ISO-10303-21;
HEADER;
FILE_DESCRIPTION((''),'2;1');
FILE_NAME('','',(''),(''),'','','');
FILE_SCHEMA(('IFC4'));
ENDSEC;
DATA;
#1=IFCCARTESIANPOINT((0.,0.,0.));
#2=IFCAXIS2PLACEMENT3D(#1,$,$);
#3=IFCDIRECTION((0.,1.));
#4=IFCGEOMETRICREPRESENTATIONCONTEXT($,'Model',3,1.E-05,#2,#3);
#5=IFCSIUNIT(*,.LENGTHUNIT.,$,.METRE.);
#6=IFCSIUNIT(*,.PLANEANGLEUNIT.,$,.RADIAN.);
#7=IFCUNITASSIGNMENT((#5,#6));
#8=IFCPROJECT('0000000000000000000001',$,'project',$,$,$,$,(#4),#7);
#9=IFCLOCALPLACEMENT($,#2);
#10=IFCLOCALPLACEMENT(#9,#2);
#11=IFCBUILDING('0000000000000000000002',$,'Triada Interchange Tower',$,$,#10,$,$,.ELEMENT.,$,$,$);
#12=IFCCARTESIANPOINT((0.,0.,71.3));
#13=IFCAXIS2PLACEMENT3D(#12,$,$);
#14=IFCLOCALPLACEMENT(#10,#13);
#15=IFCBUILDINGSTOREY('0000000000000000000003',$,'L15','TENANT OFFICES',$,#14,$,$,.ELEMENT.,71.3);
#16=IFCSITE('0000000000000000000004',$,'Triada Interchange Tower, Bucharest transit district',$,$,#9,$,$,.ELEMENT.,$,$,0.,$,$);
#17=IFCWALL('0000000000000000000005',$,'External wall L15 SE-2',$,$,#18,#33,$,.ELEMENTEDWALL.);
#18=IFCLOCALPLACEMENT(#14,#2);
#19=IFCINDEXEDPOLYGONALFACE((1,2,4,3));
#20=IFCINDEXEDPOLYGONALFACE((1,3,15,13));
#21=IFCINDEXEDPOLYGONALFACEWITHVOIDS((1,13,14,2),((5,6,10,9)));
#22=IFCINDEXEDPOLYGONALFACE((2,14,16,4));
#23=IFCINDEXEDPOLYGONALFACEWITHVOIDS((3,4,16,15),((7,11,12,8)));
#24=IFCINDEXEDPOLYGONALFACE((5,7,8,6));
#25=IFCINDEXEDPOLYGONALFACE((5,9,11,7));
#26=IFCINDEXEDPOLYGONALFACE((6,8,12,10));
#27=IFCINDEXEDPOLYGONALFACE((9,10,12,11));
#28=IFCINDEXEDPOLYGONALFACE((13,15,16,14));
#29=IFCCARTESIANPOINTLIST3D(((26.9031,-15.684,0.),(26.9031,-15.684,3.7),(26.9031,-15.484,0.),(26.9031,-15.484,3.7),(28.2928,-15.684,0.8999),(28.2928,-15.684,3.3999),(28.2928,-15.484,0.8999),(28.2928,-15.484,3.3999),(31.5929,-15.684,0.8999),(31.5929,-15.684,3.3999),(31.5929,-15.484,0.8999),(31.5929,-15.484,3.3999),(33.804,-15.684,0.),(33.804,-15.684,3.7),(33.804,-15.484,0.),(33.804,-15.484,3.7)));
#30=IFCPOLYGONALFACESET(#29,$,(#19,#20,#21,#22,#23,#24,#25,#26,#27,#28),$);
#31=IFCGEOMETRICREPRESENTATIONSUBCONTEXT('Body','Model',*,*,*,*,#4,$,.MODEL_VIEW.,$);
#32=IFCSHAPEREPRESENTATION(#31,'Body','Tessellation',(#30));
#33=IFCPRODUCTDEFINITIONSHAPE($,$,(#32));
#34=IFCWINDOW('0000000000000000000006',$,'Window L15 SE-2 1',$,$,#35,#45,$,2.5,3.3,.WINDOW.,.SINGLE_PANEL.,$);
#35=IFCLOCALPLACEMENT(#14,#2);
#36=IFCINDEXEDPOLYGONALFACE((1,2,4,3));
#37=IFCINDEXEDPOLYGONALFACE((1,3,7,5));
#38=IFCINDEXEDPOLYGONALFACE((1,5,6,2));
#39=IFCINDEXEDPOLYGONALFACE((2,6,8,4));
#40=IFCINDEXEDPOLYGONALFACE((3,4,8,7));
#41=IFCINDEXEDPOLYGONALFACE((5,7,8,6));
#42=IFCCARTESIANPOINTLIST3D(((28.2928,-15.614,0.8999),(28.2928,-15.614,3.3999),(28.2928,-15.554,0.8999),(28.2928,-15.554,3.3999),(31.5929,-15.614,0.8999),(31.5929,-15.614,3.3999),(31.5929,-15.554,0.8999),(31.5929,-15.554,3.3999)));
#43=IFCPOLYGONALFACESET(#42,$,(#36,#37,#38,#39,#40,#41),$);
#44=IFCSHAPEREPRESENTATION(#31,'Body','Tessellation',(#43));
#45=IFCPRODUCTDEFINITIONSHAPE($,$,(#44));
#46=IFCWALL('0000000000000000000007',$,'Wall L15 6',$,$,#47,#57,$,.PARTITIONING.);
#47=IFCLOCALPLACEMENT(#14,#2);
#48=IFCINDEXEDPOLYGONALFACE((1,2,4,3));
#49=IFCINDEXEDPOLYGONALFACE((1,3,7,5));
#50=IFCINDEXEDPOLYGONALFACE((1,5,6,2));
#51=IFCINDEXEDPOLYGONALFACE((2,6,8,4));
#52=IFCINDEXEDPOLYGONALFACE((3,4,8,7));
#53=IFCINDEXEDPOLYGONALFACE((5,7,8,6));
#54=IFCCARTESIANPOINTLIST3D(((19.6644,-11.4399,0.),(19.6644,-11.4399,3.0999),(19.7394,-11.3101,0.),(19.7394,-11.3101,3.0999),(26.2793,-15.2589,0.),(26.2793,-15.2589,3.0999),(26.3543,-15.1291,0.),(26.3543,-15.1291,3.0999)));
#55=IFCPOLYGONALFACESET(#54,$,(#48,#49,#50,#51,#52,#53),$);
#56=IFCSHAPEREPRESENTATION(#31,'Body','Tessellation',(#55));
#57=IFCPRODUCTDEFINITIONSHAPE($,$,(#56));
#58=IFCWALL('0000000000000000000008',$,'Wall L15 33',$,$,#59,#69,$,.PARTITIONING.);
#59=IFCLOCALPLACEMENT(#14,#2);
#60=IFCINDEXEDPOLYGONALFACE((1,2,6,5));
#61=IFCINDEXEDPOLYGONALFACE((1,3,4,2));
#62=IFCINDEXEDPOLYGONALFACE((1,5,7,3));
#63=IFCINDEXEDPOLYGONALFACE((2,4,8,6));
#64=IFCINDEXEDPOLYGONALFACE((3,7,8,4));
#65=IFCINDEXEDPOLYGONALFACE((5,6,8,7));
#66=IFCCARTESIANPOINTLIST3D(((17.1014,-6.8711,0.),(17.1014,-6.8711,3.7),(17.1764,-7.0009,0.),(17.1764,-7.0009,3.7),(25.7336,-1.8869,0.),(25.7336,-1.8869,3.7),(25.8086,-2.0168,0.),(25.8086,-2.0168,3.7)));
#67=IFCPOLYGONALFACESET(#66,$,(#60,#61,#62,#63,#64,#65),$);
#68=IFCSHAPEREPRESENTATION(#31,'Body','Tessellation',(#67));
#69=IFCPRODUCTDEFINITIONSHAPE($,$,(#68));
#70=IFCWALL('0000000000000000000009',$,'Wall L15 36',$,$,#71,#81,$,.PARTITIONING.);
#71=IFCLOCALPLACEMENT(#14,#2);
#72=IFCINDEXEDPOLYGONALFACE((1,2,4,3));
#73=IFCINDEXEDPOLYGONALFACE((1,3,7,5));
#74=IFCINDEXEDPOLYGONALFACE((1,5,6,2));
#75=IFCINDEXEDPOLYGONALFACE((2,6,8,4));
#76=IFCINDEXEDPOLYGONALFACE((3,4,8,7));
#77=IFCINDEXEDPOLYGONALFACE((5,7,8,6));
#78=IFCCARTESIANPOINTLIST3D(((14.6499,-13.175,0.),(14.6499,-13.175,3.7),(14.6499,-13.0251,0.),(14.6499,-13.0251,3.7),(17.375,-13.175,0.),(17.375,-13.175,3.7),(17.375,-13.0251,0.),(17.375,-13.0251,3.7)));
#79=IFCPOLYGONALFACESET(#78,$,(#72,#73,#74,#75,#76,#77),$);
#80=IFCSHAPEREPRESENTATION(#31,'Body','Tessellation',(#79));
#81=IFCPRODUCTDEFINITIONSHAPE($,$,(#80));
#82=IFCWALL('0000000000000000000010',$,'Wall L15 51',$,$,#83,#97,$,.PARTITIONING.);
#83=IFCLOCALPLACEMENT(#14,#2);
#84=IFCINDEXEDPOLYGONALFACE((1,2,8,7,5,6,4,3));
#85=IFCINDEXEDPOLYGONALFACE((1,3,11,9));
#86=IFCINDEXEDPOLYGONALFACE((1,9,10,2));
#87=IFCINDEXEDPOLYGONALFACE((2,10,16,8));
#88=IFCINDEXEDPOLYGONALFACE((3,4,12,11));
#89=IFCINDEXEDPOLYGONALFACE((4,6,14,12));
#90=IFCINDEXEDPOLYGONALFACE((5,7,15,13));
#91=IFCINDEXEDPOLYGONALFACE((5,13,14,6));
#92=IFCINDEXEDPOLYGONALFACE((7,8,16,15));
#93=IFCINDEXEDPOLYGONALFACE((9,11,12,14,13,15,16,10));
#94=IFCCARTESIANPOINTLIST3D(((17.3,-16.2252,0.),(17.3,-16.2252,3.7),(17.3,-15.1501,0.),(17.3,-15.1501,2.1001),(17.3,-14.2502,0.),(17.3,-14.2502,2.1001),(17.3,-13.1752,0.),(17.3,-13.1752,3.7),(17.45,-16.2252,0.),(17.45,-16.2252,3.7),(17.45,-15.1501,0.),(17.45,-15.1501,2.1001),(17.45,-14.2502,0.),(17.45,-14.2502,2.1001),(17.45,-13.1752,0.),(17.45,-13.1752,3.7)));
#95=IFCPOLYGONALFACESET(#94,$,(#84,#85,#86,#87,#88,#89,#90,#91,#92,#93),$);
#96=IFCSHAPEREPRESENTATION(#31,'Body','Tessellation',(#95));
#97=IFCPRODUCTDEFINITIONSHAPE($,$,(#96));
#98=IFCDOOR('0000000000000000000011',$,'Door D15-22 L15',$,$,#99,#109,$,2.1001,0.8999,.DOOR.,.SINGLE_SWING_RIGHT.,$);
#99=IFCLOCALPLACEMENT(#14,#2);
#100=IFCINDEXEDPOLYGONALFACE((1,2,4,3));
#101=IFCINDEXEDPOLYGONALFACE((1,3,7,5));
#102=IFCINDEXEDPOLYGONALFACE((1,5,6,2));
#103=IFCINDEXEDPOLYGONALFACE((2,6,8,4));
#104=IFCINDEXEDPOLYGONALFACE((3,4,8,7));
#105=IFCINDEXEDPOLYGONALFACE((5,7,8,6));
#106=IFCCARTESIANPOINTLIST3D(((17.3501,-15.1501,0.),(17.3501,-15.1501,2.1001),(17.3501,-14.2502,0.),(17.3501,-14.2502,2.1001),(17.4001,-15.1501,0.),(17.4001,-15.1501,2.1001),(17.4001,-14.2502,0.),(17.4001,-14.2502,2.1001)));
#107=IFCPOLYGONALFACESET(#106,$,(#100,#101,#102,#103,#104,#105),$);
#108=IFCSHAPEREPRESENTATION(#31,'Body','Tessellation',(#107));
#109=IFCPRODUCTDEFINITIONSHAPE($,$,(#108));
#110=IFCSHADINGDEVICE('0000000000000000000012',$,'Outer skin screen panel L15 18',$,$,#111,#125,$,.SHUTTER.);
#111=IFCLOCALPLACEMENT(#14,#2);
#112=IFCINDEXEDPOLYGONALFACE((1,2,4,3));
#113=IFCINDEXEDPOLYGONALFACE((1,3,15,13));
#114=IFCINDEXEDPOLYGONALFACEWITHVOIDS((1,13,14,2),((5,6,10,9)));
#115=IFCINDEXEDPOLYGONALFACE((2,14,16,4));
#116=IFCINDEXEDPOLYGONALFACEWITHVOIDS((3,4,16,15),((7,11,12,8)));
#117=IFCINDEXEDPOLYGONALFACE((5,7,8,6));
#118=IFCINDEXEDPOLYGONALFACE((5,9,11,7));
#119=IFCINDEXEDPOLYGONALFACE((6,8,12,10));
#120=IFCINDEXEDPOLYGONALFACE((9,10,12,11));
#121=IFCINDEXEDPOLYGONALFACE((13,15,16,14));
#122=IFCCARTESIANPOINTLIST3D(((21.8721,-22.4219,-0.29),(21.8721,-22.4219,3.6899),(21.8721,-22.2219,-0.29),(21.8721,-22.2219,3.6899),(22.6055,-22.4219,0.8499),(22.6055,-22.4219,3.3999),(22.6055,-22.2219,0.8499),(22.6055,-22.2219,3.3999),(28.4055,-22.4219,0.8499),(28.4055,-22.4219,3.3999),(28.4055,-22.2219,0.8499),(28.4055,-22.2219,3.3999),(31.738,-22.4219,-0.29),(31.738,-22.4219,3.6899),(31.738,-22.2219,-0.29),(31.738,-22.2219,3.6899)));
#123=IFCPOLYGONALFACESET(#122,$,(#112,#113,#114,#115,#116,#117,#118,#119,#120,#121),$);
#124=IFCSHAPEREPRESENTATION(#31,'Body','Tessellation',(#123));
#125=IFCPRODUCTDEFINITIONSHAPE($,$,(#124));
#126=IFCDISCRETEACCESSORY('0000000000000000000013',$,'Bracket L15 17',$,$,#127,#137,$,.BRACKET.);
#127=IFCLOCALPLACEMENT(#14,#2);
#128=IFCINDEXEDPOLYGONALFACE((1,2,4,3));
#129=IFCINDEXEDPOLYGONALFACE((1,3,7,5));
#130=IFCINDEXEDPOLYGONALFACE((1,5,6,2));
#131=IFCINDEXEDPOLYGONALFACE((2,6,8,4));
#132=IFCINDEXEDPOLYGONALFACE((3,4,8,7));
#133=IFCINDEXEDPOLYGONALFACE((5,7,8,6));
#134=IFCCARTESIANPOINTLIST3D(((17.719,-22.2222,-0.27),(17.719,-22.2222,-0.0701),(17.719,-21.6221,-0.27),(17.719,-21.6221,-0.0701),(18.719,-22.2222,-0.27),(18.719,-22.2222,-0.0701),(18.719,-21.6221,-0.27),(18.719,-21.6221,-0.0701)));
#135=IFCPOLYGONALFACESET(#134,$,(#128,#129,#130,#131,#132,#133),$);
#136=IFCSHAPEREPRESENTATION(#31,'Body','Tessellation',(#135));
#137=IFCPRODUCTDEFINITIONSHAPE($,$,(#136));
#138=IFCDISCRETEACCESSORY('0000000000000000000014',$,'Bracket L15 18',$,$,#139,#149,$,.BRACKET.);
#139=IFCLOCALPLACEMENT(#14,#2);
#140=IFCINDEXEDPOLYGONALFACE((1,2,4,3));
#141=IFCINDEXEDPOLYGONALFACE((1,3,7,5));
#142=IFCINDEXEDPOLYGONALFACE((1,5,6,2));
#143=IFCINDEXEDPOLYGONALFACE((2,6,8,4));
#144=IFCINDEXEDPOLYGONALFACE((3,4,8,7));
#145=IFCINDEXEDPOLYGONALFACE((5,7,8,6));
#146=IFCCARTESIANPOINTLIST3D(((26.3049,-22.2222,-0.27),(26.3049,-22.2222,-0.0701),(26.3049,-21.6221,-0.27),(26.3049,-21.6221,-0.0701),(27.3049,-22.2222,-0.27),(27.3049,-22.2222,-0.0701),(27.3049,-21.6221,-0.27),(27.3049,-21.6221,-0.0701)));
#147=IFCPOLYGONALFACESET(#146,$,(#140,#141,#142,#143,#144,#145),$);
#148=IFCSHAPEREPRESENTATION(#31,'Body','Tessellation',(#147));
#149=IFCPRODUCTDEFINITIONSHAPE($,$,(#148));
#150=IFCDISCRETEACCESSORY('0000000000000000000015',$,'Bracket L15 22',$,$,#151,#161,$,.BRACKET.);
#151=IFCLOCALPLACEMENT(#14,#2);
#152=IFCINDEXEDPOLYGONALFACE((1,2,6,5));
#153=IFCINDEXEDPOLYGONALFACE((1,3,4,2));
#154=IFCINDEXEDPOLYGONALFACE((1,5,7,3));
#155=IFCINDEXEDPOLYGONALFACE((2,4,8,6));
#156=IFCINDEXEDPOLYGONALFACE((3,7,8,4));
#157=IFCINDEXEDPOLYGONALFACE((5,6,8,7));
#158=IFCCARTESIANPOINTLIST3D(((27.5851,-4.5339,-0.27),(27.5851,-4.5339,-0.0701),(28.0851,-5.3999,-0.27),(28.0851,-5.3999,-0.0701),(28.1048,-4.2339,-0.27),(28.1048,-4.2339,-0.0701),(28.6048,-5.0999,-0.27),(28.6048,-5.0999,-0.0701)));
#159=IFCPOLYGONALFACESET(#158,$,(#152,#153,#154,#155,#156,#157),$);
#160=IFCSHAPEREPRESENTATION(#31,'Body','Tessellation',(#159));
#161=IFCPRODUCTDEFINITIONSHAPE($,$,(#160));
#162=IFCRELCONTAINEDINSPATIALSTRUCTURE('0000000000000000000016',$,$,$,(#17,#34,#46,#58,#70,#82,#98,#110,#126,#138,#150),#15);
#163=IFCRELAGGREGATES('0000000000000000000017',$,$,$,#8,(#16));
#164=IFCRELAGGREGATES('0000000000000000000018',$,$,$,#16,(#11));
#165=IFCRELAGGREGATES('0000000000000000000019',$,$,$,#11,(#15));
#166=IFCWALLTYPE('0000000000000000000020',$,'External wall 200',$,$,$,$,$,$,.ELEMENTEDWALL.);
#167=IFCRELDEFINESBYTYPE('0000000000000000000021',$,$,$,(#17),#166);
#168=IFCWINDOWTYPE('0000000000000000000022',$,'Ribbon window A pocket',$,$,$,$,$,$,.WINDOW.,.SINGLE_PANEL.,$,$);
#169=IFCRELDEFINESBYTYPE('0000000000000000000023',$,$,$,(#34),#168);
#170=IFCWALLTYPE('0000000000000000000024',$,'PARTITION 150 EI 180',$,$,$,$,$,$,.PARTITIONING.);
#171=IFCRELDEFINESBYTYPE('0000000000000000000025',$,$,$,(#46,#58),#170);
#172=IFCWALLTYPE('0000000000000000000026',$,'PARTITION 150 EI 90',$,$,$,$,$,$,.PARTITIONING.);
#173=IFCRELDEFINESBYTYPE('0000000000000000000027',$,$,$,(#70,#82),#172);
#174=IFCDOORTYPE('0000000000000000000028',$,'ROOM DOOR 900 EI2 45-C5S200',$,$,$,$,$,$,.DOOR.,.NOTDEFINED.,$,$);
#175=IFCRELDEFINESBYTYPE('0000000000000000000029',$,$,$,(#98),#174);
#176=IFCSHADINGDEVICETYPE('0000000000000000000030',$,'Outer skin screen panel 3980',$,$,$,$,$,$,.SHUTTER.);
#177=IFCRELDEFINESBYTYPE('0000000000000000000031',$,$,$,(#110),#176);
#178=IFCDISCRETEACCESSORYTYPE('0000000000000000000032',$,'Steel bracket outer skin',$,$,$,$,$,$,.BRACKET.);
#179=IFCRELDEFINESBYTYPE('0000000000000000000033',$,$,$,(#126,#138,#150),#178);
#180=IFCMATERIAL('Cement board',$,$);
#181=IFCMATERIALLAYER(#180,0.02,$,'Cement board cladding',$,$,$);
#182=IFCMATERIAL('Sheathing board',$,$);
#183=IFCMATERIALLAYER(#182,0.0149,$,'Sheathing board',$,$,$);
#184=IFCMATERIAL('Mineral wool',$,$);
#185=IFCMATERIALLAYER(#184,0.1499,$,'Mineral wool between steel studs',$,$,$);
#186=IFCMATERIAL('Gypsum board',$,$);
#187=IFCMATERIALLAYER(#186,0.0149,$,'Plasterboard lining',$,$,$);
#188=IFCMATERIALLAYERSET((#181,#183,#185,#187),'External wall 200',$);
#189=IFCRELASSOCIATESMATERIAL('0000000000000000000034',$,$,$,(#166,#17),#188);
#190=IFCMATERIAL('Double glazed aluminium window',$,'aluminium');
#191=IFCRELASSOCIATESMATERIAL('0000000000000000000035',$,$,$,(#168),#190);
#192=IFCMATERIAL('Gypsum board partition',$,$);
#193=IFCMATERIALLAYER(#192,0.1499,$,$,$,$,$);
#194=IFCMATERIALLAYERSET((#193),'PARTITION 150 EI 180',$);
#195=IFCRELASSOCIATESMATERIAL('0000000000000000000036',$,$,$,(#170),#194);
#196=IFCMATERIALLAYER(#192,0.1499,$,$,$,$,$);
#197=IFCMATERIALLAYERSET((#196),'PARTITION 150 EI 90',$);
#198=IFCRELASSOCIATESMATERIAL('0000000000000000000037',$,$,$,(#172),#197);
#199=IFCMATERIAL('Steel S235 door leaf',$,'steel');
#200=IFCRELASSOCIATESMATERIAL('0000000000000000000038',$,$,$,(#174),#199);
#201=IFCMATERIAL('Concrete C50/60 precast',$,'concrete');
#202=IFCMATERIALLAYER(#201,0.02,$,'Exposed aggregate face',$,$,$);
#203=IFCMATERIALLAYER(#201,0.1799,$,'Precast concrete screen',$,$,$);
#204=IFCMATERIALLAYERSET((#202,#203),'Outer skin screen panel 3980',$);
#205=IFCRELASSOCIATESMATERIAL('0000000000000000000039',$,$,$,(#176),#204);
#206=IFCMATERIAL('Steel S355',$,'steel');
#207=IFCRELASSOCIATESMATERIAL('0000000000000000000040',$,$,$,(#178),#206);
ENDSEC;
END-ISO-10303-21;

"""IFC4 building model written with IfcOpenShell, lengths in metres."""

from ifc_helpers import new_model, si_unit, direction, frame, frame_2d, origin, origin_2d, place, context, subcontext, project, spatial, polyline, rectangle, outline, extrude, material, layer, layer_set, layer_usage, type_object, element, fill, save


model = new_model("IFC4")

# Units and contexts
model_context = context("Model", 3, precision=1e-05, world=origin(), true_north=direction((0.0, 1.0)))
body_context = subcontext(model_context, "Body", "Model", "MODEL_VIEW")
ifc_project = project(units=[si_unit("LENGTHUNIT", "METRE"), si_unit("PLANEANGLEUNIT", "RADIAN")], contexts=[model_context])

# Site, building, storey
site_placement = place(None, origin())
site = spatial("IfcSite", under=ifc_project, at=site_placement, Name="Triada Interchange Tower, Bucharest transit district", CompositionType="ELEMENT", RefElevation=0.0)
building_placement = place(site_placement, origin())
building = spatial("IfcBuilding", under=site, at=building_placement, Name="Triada Interchange Tower", CompositionType="ELEMENT")
storey_placement = place(building_placement, frame((0.0, 0.0, 71.3)))
storey = spatial("IfcBuildingStorey", under=building, at=storey_placement, Name="L15", Description="TENANT OFFICES", CompositionType="ELEMENT", Elevation=71.3)

# Wall, opening, window
ifc_material_1 = material(Name="Cement board")
ifc_layer_1 = layer(ifc_material_1, 0.02, Name="Cement board cladding")
ifc_material_2 = material(Name="Sheathing board")
ifc_layer_2 = layer(ifc_material_2, 0.0149, Name="Sheathing board")
ifc_material_3 = material(Name="Mineral wool")
ifc_layer_3 = layer(ifc_material_3, 0.1499, Name="Mineral wool between steel studs")
ifc_material_4 = material(Name="Gypsum board")
ifc_layer_4 = layer(ifc_material_4, 0.0149, Name="Plasterboard lining")
ifc_layer_set_1 = layer_set([ifc_layer_1, ifc_layer_2, ifc_layer_3, ifc_layer_4], Name="External wall 200")
ifc_layer_usage = layer_usage(ifc_layer_set_1, "AXIS2", "POSITIVE", -0.1001)
wall_type_1 = type_object("IfcWallType", Name="External wall 200", PredefinedType="ELEMENTEDWALL", material=ifc_layer_set_1)
wall_1_placement = place(storey_placement, frame((26.9031, -15.584, 0.0), z_axis=(0.0, 0.0, 1.0), x_axis=(1.0, 0.0, 0.0)))
wall_1 = element("IfcWall", 1, at=wall_1_placement, inside=storey, type_object=wall_type_1, material=ifc_layer_usage, Name="External wall L15 SE-2", PredefinedType="ELEMENTEDWALL", context=body_context, shape_type="SweptSolid", body=[
    extrude(rectangle(XDim=6.9009, YDim=0.2, at=frame_2d((3.4504, 0.0))), origin(), (0.0, 0.0, 1.0), 3.7),
])
opening_1_placement = place(wall_1_placement, frame((1.3899, 0.0, 0.8999)))
opening_1 = element("IfcOpeningElement", 2, at=opening_1_placement, cuts=wall_1, PredefinedType="OPENING", context=body_context, shape_type="SweptSolid", body=[
    extrude(rectangle(XDim=3.3, YDim=2.5, at=frame_2d((1.6499, 1.25))), frame((0.0, 0.1099, 0.0), z_axis=(0.0, -1.0, 0.0), x_axis=(1.0, 0.0, 0.0)), (0.0, 0.0, 1.0), 0.22),
])
ifc_material_5 = material(Name="Double glazed aluminium window", Category="aluminium")
window_type = type_object("IfcWindowType", Name="Ribbon window A pocket", PartitioningType="SINGLE_PANEL", PredefinedType="WINDOW", material=ifc_material_5)
window_placement = place(opening_1_placement, origin())
window = element("IfcWindow", 3, at=window_placement, inside=storey, type_object=window_type, Name="Window L15 SE-2 1", OverallHeight=2.5, OverallWidth=3.3, PartitioningType="SINGLE_PANEL", PredefinedType="WINDOW", context=body_context, shape_type="SweptSolid", body=[
    extrude(rectangle(XDim=3.3, YDim=2.5, at=frame_2d((1.6499, 1.25))), frame((0.0, 0.03, 0.0), z_axis=(0.0, -1.0, 0.0), x_axis=(1.0, 0.0, 0.0)), (0.0, 0.0, 1.0), 0.0601),
])
fill(opening_1, window)

# Walls
ifc_material_6 = material(Name="Gypsum board partition")
ifc_layer_5 = layer(ifc_material_6, 0.1499)
ifc_layer_set_2 = layer_set([ifc_layer_5], Name="PARTITION 150 EI 180")
wall_type_2 = type_object("IfcWallType", Name="PARTITION 150 EI 180", PredefinedType="PARTITIONING", material=ifc_layer_set_2)
wall_2_placement = place(storey_placement, frame((19.7019, -11.375, 0.0), z_axis=(0.0, 0.0, 1.0), x_axis=(0.86603, -0.499993, 0.0)))
element("IfcWall", 4, at=wall_2_placement, inside=storey, type_object=wall_type_2, Name="Wall L15 6", PredefinedType="PARTITIONING", context=body_context, shape_type="SweptSolid", body=[
    extrude(rectangle(XDim=7.6382, YDim=0.1499, at=frame_2d((3.8191, 0.0))), origin(), (0.0, 0.0, 1.0), 3.0999),
])
wall_3_placement = place(storey_placement, frame((17.1389, -6.936, 0.0), z_axis=(0.0, 0.0, 1.0), x_axis=(0.866008, 0.50003, 0.0)))
element("IfcWall", 5, at=wall_3_placement, inside=storey, type_object=wall_type_2, Name="Wall L15 33", PredefinedType="PARTITIONING", context=body_context, shape_type="SweptSolid", body=[
    extrude(rectangle(XDim=9.9678, YDim=0.1499, at=frame_2d((4.9839, 0.0))), origin(), (0.0, 0.0, 1.0), 3.7),
])
ifc_layer_6 = layer(ifc_material_6, 0.1499)
ifc_layer_set_3 = layer_set([ifc_layer_6], Name="PARTITION 150 EI 90")
wall_type_3 = type_object("IfcWallType", Name="PARTITION 150 EI 90", PredefinedType="PARTITIONING", material=ifc_layer_set_3)
wall_4_placement = place(storey_placement, frame((14.6499, -13.1001, 0.0), z_axis=(0.0, 0.0, 1.0), x_axis=(1.0, 0.0, 0.0)))
element("IfcWall", 6, at=wall_4_placement, inside=storey, type_object=wall_type_3, Name="Wall L15 36", PredefinedType="PARTITIONING", context=body_context, shape_type="SweptSolid", body=[
    extrude(rectangle(XDim=2.7251, YDim=0.1499, at=frame_2d((1.3625, 0.0))), origin(), (0.0, 0.0, 1.0), 3.7),
])

# Wall, opening, door
wall_5_placement = place(storey_placement, frame((17.375, -16.2251, 0.0), z_axis=(0.0, 0.0, 1.0), x_axis=(0.0, 1.0, 0.0)))
wall_5 = element("IfcWall", 7, at=wall_5_placement, inside=storey, type_object=wall_type_3, Name="Wall L15 51", PredefinedType="PARTITIONING", context=body_context, shape_type="SweptSolid", body=[
    extrude(rectangle(XDim=3.05, YDim=0.1499, at=frame_2d((1.5249, 0.0))), origin(), (0.0, 0.0, 1.0), 3.7),
])
opening_2_placement = place(wall_5_placement, frame((1.075, 0.0, 0.0)))
opening_2 = element("IfcOpeningElement", 8, at=opening_2_placement, cuts=wall_5, PredefinedType="OPENING", context=body_context, shape_type="SweptSolid", body=[
    extrude(rectangle(XDim=0.8999, YDim=2.1001, at=frame_2d((0.45, 1.05))), frame((0.0, 0.085, 0.0), z_axis=(0.0, -1.0, 0.0), x_axis=(1.0, 0.0, 0.0)), (0.0, 0.0, 1.0), 0.1699),
])
ifc_material_7 = material(Name="Steel S235 door leaf", Category="steel")
door_type = type_object("IfcDoorType", Name="ROOM DOOR 900 EI2 45-C5S200", OperationType="NOTDEFINED", PredefinedType="DOOR", material=ifc_material_7)
door_placement = place(opening_2_placement, origin())
door = element("IfcDoor", 9, at=door_placement, inside=storey, type_object=door_type, Name="Door D15-22 L15", OperationType="SINGLE_SWING_RIGHT", OverallHeight=2.1001, OverallWidth=0.8999, PredefinedType="DOOR", context=body_context, shape_type="SweptSolid", body=[
    extrude(rectangle(XDim=0.8999, YDim=2.1001, at=frame_2d((0.45, 1.05))), frame((0.0, 0.0249, 0.0), z_axis=(0.0, -1.0, 0.0), x_axis=(1.0, 0.0, 0.0)), (0.0, 0.0, 1.0), 0.05),
])
fill(opening_2, door)

# Shading device
ifc_material_8 = material(Name="Concrete C50/60 precast", Category="concrete")
ifc_layer_7 = layer(ifc_material_8, 0.02, Name="Exposed aggregate face")
ifc_layer_8 = layer(ifc_material_8, 0.1799, Name="Precast concrete screen")
ifc_layer_set_4 = layer_set([ifc_layer_7, ifc_layer_8], Name="Outer skin screen panel 3980")
shading_device_type = type_object("IfcShadingDeviceType", Name="Outer skin screen panel 3980", PredefinedType="SHUTTER", material=ifc_layer_set_4)
shading_device_placement = place(storey_placement, frame((21.8721, -22.2219, -0.29), z_axis=(0.0, 0.0, 1.0), x_axis=(1.0, 0.0, 0.0)))
element("IfcShadingDevice", 10, at=shading_device_placement, inside=storey, type_object=shading_device_type, Name="Outer skin screen panel L15 18", PredefinedType="SHUTTER", context=body_context, shape_type="SweptSolid", body=[
    extrude(outline(polyline([(0.0, 0.0), (9.866, 0.0), (9.866, 3.98), (0.0, 3.98), (0.0, 0.0)]), holes=[polyline([(0.7334, 1.1399), (0.7334, 3.6899), (6.5334, 3.6899), (6.5334, 1.1399), (0.7334, 1.1399)])]), frame((0.0, 0.0, 0.0), z_axis=(0.0, -1.0, 0.0), x_axis=(1.0, 0.0, 0.0)), (0.0, 0.0, 1.0), 0.2),
])

# Discrete accessories
ifc_material_9 = material(Name="Steel S355", Category="steel")
discrete_accessory_type = type_object("IfcDiscreteAccessoryType", Name="Steel bracket outer skin", PredefinedType="BRACKET", material=ifc_material_9)
for number, where, z_axis, x_axis, name in (
    (11, (18.219, -21.9221, -0.27), (0.0, 0.0, 1.0), (0.0, -1.0, 0.0), "Bracket L15 17"),
    (12, (26.8049, -21.9221, -0.27), (0.0, 0.0, 1.0), (0.0, -1.0, 0.0), "Bracket L15 18"),
    (13, (28.095, -4.8169, -0.27), (0.0, 0.0, 1.0), (0.866027, 0.499997, 0.0), "Bracket L15 22"),
):
    element("IfcDiscreteAccessory", number, at=place(storey_placement, frame(where, z_axis=z_axis, x_axis=x_axis)), inside=storey, type_object=discrete_accessory_type, Name=name, PredefinedType="BRACKET", context=body_context, shape_type="SweptSolid", body=[
        extrude(rectangle(XDim=0.6001, YDim=1.0, at=origin_2d()), origin(), (0.0, 0.0, 1.0), 0.2),
    ])

save(model, "model.ifc")
